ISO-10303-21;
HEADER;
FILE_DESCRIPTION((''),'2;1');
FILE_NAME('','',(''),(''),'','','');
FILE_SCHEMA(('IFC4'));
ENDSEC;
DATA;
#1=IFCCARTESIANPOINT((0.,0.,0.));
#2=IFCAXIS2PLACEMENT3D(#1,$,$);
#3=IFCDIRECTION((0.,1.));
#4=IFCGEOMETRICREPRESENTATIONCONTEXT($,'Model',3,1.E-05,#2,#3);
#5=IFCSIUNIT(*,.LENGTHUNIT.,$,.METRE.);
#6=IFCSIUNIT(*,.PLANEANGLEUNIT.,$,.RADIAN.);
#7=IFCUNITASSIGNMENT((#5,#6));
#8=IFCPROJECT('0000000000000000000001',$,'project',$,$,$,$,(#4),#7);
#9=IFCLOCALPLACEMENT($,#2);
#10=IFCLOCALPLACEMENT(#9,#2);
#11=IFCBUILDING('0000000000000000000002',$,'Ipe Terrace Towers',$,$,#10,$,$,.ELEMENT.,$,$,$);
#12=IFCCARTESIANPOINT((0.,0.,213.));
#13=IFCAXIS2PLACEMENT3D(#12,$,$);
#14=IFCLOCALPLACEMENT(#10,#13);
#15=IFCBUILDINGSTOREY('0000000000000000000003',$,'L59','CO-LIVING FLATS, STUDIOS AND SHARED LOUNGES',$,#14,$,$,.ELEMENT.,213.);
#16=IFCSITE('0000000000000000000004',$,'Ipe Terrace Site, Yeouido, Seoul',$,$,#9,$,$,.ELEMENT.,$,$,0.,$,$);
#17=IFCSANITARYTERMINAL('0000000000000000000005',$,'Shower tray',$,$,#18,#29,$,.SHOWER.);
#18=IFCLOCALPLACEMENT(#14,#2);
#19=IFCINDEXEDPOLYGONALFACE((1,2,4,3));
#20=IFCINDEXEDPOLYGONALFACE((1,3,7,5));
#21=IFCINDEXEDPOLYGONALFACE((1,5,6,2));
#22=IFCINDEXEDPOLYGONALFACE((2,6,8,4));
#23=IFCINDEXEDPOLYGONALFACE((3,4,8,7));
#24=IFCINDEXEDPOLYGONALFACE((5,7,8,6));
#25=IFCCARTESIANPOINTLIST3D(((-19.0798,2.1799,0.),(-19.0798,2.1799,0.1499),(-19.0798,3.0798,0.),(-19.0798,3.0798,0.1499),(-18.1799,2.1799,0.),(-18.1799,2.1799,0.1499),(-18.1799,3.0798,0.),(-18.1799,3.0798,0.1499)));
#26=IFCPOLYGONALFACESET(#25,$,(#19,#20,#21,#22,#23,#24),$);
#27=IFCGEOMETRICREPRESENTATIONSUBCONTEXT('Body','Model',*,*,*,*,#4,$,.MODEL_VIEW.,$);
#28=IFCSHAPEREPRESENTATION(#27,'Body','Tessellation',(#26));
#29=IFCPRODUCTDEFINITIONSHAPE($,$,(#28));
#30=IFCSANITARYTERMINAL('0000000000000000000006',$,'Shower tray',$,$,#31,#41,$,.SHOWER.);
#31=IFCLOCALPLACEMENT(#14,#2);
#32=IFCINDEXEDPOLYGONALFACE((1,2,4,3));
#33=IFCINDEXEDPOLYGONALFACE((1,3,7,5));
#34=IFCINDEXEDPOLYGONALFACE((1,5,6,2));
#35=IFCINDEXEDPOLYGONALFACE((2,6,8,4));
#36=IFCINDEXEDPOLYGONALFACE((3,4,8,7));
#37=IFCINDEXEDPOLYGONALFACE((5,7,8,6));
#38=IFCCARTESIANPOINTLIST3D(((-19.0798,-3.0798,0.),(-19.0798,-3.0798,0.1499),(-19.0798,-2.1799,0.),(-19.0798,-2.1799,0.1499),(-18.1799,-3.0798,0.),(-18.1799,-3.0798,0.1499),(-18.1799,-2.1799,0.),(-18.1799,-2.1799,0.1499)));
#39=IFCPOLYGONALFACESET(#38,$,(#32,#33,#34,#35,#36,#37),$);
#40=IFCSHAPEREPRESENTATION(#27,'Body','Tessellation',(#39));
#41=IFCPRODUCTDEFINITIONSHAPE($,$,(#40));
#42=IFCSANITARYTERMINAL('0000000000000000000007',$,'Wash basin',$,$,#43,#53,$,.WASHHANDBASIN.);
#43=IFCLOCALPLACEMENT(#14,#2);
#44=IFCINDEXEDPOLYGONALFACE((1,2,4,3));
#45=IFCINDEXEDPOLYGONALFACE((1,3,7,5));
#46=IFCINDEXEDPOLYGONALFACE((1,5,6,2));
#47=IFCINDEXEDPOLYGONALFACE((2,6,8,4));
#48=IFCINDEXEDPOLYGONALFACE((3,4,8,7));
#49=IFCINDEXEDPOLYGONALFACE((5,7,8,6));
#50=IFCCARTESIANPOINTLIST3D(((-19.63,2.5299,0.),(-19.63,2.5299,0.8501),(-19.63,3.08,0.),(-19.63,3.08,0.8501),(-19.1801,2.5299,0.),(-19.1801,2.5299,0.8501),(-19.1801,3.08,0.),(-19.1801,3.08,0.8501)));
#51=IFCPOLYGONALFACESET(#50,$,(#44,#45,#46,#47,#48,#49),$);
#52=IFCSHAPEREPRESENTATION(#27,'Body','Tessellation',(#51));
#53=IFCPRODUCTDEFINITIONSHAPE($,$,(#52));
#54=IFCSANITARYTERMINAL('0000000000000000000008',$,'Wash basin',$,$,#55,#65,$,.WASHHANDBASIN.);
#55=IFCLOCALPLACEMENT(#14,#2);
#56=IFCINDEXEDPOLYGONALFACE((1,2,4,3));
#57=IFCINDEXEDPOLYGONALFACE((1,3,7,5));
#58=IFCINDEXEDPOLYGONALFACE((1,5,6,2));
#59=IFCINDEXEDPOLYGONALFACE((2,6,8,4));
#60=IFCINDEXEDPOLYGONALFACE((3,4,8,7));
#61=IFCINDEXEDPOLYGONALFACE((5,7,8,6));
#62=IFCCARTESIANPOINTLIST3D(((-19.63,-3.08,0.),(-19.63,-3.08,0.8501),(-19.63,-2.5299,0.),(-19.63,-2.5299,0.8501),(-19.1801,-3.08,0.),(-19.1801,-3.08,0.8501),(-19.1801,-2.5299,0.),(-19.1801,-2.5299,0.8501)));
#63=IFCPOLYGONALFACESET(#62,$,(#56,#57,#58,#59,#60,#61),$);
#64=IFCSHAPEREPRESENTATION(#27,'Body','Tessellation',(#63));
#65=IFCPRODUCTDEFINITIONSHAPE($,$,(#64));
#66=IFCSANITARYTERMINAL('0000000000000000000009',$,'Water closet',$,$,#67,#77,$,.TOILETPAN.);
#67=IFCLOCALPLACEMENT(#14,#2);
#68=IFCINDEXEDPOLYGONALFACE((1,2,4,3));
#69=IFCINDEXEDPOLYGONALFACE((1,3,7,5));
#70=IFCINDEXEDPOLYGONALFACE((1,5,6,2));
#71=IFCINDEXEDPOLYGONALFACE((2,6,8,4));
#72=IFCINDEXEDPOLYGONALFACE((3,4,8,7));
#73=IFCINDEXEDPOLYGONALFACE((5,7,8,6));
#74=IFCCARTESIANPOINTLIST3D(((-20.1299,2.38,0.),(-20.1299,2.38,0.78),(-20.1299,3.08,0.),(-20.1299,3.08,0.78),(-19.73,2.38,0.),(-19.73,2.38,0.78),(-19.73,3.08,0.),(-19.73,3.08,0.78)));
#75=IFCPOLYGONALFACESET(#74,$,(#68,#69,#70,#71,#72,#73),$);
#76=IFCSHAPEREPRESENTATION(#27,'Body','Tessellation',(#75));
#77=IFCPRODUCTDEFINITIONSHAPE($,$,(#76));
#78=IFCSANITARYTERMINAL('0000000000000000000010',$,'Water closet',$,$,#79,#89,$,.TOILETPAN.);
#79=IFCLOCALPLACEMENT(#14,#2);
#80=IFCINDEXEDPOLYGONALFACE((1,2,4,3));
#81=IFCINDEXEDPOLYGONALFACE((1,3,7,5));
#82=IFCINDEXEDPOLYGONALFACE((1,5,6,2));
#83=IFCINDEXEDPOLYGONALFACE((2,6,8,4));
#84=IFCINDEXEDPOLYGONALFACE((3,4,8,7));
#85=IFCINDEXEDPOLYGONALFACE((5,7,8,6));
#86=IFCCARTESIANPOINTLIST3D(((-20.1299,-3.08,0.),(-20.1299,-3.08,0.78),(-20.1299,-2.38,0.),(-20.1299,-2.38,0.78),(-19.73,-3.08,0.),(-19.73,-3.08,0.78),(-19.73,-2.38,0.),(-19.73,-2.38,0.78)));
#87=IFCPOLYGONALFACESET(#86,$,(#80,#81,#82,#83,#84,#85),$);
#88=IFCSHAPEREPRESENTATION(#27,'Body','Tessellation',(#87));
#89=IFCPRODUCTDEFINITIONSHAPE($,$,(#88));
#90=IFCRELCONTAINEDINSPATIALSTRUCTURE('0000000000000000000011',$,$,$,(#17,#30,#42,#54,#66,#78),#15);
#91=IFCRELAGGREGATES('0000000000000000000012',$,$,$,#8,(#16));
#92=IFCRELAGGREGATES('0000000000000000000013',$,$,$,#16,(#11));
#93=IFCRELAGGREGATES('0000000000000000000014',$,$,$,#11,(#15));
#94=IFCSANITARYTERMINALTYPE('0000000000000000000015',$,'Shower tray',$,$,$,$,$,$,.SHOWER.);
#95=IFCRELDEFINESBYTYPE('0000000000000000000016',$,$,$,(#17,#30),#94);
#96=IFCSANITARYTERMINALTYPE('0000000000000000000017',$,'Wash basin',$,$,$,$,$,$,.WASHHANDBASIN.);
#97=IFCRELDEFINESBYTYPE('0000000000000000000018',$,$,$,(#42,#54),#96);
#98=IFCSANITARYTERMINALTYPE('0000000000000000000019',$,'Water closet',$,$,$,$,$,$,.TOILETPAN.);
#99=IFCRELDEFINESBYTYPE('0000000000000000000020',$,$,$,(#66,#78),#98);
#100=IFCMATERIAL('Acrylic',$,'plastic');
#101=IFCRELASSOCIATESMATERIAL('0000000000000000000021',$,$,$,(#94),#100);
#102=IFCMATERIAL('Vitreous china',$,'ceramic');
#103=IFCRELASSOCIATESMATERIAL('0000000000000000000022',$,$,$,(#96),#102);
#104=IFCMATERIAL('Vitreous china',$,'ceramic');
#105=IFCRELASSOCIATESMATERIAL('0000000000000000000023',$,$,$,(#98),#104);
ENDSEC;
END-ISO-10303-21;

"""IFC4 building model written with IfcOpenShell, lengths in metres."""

from ifc_helpers import new_model, si_unit, direction, frame, origin, origin_2d, place, context, subcontext, project, spatial, rectangle, extrude, material, type_object, element, save


model = new_model("IFC4")

# Units and contexts
model_context = context("Model", 3, precision=1e-05, world=origin(), true_north=direction((0.0, 1.0)))
body_context = subcontext(model_context, "Body", "Model", "MODEL_VIEW")
ifc_project = project(units=[si_unit("LENGTHUNIT", "METRE"), si_unit("PLANEANGLEUNIT", "RADIAN")], contexts=[model_context])

# Site, building, storey
site_placement = place(None, origin())
site = spatial("IfcSite", under=ifc_project, at=site_placement, Name="Ipe Terrace Site, Yeouido, Seoul", CompositionType="ELEMENT", RefElevation=0.0)
building_placement = place(site_placement, origin())
building = spatial("IfcBuilding", under=site, at=building_placement, Name="Ipe Terrace Towers", CompositionType="ELEMENT")
storey_placement = place(building_placement, frame((0.0, 0.0, 213.0)))
storey = spatial("IfcBuildingStorey", under=building, at=storey_placement, Name="L59", Description="CO-LIVING FLATS, STUDIOS AND SHARED LOUNGES", CompositionType="ELEMENT", Elevation=213.0)

# Sanitary terminals
ifc_material_1 = material(Name="Acrylic", Category="plastic")
sanitary_terminal_type_1 = type_object("IfcSanitaryTerminalType", Name="Shower tray", PredefinedType="SHOWER", material=ifc_material_1)
for number, where, z_axis, x_axis, name in (
    (1, (-18.6299, 2.6299, 0.0), (0.0, 0.0, 1.0), (0.0, -1.0, 0.0), "Shower tray"),
    (2, (-18.6299, -2.6299, 0.0), (0.0, 0.0, 1.0), (0.0, 1.0, 0.0), "Shower tray"),
):
    element("IfcSanitaryTerminal", number, at=place(storey_placement, frame(where, z_axis=z_axis, x_axis=x_axis)), inside=storey, type_object=sanitary_terminal_type_1, Name=name, PredefinedType="SHOWER", context=body_context, shape_type="SweptSolid", body=[
        extrude(rectangle(XDim=0.8999, YDim=0.8999, at=origin_2d()), origin(), (0.0, 0.0, 1.0), 0.1499),
    ])
ifc_material_2 = material(Name="Vitreous china", Category="ceramic")
sanitary_terminal_type_2 = type_object("IfcSanitaryTerminalType", Name="Wash basin", PredefinedType="WASHHANDBASIN", material=ifc_material_2)
for number, where, z_axis, x_axis, name in (
    (3, (-19.405, 2.8049, 0.0), (0.0, 0.0, 1.0), (0.0, -1.0, 0.0), "Wash basin"),
    (4, (-19.405, -2.8049, 0.0), (0.0, 0.0, 1.0), (0.0, 1.0, 0.0), "Wash basin"),
):
    element("IfcSanitaryTerminal", number, at=place(storey_placement, frame(where, z_axis=z_axis, x_axis=x_axis)), inside=storey, type_object=sanitary_terminal_type_2, Name=name, PredefinedType="WASHHANDBASIN", context=body_context, shape_type="SweptSolid", body=[
        extrude(rectangle(XDim=0.55, YDim=0.45, at=origin_2d()), origin(), (0.0, 0.0, 1.0), 0.8501),
    ])
ifc_material_3 = material(Name="Vitreous china", Category="ceramic")
sanitary_terminal_type_3 = type_object("IfcSanitaryTerminalType", Name="Water closet", PredefinedType="TOILETPAN", material=ifc_material_3)
for number, where, z_axis, x_axis, name in (
    (5, (-19.9299, 2.73, 0.0), (0.0, 0.0, 1.0), (0.0, -1.0, 0.0), "Water closet"),
    (6, (-19.9299, -2.73, 0.0), (0.0, 0.0, 1.0), (0.0, 1.0, 0.0), "Water closet"),
):
    element("IfcSanitaryTerminal", number, at=place(storey_placement, frame(where, z_axis=z_axis, x_axis=x_axis)), inside=storey, type_object=sanitary_terminal_type_3, Name=name, PredefinedType="TOILETPAN", context=body_context, shape_type="SweptSolid", body=[
        extrude(rectangle(XDim=0.7, YDim=0.3999, at=origin_2d()), origin(), (0.0, 0.0, 1.0), 0.78),
    ])

save(model, "model.ifc")
